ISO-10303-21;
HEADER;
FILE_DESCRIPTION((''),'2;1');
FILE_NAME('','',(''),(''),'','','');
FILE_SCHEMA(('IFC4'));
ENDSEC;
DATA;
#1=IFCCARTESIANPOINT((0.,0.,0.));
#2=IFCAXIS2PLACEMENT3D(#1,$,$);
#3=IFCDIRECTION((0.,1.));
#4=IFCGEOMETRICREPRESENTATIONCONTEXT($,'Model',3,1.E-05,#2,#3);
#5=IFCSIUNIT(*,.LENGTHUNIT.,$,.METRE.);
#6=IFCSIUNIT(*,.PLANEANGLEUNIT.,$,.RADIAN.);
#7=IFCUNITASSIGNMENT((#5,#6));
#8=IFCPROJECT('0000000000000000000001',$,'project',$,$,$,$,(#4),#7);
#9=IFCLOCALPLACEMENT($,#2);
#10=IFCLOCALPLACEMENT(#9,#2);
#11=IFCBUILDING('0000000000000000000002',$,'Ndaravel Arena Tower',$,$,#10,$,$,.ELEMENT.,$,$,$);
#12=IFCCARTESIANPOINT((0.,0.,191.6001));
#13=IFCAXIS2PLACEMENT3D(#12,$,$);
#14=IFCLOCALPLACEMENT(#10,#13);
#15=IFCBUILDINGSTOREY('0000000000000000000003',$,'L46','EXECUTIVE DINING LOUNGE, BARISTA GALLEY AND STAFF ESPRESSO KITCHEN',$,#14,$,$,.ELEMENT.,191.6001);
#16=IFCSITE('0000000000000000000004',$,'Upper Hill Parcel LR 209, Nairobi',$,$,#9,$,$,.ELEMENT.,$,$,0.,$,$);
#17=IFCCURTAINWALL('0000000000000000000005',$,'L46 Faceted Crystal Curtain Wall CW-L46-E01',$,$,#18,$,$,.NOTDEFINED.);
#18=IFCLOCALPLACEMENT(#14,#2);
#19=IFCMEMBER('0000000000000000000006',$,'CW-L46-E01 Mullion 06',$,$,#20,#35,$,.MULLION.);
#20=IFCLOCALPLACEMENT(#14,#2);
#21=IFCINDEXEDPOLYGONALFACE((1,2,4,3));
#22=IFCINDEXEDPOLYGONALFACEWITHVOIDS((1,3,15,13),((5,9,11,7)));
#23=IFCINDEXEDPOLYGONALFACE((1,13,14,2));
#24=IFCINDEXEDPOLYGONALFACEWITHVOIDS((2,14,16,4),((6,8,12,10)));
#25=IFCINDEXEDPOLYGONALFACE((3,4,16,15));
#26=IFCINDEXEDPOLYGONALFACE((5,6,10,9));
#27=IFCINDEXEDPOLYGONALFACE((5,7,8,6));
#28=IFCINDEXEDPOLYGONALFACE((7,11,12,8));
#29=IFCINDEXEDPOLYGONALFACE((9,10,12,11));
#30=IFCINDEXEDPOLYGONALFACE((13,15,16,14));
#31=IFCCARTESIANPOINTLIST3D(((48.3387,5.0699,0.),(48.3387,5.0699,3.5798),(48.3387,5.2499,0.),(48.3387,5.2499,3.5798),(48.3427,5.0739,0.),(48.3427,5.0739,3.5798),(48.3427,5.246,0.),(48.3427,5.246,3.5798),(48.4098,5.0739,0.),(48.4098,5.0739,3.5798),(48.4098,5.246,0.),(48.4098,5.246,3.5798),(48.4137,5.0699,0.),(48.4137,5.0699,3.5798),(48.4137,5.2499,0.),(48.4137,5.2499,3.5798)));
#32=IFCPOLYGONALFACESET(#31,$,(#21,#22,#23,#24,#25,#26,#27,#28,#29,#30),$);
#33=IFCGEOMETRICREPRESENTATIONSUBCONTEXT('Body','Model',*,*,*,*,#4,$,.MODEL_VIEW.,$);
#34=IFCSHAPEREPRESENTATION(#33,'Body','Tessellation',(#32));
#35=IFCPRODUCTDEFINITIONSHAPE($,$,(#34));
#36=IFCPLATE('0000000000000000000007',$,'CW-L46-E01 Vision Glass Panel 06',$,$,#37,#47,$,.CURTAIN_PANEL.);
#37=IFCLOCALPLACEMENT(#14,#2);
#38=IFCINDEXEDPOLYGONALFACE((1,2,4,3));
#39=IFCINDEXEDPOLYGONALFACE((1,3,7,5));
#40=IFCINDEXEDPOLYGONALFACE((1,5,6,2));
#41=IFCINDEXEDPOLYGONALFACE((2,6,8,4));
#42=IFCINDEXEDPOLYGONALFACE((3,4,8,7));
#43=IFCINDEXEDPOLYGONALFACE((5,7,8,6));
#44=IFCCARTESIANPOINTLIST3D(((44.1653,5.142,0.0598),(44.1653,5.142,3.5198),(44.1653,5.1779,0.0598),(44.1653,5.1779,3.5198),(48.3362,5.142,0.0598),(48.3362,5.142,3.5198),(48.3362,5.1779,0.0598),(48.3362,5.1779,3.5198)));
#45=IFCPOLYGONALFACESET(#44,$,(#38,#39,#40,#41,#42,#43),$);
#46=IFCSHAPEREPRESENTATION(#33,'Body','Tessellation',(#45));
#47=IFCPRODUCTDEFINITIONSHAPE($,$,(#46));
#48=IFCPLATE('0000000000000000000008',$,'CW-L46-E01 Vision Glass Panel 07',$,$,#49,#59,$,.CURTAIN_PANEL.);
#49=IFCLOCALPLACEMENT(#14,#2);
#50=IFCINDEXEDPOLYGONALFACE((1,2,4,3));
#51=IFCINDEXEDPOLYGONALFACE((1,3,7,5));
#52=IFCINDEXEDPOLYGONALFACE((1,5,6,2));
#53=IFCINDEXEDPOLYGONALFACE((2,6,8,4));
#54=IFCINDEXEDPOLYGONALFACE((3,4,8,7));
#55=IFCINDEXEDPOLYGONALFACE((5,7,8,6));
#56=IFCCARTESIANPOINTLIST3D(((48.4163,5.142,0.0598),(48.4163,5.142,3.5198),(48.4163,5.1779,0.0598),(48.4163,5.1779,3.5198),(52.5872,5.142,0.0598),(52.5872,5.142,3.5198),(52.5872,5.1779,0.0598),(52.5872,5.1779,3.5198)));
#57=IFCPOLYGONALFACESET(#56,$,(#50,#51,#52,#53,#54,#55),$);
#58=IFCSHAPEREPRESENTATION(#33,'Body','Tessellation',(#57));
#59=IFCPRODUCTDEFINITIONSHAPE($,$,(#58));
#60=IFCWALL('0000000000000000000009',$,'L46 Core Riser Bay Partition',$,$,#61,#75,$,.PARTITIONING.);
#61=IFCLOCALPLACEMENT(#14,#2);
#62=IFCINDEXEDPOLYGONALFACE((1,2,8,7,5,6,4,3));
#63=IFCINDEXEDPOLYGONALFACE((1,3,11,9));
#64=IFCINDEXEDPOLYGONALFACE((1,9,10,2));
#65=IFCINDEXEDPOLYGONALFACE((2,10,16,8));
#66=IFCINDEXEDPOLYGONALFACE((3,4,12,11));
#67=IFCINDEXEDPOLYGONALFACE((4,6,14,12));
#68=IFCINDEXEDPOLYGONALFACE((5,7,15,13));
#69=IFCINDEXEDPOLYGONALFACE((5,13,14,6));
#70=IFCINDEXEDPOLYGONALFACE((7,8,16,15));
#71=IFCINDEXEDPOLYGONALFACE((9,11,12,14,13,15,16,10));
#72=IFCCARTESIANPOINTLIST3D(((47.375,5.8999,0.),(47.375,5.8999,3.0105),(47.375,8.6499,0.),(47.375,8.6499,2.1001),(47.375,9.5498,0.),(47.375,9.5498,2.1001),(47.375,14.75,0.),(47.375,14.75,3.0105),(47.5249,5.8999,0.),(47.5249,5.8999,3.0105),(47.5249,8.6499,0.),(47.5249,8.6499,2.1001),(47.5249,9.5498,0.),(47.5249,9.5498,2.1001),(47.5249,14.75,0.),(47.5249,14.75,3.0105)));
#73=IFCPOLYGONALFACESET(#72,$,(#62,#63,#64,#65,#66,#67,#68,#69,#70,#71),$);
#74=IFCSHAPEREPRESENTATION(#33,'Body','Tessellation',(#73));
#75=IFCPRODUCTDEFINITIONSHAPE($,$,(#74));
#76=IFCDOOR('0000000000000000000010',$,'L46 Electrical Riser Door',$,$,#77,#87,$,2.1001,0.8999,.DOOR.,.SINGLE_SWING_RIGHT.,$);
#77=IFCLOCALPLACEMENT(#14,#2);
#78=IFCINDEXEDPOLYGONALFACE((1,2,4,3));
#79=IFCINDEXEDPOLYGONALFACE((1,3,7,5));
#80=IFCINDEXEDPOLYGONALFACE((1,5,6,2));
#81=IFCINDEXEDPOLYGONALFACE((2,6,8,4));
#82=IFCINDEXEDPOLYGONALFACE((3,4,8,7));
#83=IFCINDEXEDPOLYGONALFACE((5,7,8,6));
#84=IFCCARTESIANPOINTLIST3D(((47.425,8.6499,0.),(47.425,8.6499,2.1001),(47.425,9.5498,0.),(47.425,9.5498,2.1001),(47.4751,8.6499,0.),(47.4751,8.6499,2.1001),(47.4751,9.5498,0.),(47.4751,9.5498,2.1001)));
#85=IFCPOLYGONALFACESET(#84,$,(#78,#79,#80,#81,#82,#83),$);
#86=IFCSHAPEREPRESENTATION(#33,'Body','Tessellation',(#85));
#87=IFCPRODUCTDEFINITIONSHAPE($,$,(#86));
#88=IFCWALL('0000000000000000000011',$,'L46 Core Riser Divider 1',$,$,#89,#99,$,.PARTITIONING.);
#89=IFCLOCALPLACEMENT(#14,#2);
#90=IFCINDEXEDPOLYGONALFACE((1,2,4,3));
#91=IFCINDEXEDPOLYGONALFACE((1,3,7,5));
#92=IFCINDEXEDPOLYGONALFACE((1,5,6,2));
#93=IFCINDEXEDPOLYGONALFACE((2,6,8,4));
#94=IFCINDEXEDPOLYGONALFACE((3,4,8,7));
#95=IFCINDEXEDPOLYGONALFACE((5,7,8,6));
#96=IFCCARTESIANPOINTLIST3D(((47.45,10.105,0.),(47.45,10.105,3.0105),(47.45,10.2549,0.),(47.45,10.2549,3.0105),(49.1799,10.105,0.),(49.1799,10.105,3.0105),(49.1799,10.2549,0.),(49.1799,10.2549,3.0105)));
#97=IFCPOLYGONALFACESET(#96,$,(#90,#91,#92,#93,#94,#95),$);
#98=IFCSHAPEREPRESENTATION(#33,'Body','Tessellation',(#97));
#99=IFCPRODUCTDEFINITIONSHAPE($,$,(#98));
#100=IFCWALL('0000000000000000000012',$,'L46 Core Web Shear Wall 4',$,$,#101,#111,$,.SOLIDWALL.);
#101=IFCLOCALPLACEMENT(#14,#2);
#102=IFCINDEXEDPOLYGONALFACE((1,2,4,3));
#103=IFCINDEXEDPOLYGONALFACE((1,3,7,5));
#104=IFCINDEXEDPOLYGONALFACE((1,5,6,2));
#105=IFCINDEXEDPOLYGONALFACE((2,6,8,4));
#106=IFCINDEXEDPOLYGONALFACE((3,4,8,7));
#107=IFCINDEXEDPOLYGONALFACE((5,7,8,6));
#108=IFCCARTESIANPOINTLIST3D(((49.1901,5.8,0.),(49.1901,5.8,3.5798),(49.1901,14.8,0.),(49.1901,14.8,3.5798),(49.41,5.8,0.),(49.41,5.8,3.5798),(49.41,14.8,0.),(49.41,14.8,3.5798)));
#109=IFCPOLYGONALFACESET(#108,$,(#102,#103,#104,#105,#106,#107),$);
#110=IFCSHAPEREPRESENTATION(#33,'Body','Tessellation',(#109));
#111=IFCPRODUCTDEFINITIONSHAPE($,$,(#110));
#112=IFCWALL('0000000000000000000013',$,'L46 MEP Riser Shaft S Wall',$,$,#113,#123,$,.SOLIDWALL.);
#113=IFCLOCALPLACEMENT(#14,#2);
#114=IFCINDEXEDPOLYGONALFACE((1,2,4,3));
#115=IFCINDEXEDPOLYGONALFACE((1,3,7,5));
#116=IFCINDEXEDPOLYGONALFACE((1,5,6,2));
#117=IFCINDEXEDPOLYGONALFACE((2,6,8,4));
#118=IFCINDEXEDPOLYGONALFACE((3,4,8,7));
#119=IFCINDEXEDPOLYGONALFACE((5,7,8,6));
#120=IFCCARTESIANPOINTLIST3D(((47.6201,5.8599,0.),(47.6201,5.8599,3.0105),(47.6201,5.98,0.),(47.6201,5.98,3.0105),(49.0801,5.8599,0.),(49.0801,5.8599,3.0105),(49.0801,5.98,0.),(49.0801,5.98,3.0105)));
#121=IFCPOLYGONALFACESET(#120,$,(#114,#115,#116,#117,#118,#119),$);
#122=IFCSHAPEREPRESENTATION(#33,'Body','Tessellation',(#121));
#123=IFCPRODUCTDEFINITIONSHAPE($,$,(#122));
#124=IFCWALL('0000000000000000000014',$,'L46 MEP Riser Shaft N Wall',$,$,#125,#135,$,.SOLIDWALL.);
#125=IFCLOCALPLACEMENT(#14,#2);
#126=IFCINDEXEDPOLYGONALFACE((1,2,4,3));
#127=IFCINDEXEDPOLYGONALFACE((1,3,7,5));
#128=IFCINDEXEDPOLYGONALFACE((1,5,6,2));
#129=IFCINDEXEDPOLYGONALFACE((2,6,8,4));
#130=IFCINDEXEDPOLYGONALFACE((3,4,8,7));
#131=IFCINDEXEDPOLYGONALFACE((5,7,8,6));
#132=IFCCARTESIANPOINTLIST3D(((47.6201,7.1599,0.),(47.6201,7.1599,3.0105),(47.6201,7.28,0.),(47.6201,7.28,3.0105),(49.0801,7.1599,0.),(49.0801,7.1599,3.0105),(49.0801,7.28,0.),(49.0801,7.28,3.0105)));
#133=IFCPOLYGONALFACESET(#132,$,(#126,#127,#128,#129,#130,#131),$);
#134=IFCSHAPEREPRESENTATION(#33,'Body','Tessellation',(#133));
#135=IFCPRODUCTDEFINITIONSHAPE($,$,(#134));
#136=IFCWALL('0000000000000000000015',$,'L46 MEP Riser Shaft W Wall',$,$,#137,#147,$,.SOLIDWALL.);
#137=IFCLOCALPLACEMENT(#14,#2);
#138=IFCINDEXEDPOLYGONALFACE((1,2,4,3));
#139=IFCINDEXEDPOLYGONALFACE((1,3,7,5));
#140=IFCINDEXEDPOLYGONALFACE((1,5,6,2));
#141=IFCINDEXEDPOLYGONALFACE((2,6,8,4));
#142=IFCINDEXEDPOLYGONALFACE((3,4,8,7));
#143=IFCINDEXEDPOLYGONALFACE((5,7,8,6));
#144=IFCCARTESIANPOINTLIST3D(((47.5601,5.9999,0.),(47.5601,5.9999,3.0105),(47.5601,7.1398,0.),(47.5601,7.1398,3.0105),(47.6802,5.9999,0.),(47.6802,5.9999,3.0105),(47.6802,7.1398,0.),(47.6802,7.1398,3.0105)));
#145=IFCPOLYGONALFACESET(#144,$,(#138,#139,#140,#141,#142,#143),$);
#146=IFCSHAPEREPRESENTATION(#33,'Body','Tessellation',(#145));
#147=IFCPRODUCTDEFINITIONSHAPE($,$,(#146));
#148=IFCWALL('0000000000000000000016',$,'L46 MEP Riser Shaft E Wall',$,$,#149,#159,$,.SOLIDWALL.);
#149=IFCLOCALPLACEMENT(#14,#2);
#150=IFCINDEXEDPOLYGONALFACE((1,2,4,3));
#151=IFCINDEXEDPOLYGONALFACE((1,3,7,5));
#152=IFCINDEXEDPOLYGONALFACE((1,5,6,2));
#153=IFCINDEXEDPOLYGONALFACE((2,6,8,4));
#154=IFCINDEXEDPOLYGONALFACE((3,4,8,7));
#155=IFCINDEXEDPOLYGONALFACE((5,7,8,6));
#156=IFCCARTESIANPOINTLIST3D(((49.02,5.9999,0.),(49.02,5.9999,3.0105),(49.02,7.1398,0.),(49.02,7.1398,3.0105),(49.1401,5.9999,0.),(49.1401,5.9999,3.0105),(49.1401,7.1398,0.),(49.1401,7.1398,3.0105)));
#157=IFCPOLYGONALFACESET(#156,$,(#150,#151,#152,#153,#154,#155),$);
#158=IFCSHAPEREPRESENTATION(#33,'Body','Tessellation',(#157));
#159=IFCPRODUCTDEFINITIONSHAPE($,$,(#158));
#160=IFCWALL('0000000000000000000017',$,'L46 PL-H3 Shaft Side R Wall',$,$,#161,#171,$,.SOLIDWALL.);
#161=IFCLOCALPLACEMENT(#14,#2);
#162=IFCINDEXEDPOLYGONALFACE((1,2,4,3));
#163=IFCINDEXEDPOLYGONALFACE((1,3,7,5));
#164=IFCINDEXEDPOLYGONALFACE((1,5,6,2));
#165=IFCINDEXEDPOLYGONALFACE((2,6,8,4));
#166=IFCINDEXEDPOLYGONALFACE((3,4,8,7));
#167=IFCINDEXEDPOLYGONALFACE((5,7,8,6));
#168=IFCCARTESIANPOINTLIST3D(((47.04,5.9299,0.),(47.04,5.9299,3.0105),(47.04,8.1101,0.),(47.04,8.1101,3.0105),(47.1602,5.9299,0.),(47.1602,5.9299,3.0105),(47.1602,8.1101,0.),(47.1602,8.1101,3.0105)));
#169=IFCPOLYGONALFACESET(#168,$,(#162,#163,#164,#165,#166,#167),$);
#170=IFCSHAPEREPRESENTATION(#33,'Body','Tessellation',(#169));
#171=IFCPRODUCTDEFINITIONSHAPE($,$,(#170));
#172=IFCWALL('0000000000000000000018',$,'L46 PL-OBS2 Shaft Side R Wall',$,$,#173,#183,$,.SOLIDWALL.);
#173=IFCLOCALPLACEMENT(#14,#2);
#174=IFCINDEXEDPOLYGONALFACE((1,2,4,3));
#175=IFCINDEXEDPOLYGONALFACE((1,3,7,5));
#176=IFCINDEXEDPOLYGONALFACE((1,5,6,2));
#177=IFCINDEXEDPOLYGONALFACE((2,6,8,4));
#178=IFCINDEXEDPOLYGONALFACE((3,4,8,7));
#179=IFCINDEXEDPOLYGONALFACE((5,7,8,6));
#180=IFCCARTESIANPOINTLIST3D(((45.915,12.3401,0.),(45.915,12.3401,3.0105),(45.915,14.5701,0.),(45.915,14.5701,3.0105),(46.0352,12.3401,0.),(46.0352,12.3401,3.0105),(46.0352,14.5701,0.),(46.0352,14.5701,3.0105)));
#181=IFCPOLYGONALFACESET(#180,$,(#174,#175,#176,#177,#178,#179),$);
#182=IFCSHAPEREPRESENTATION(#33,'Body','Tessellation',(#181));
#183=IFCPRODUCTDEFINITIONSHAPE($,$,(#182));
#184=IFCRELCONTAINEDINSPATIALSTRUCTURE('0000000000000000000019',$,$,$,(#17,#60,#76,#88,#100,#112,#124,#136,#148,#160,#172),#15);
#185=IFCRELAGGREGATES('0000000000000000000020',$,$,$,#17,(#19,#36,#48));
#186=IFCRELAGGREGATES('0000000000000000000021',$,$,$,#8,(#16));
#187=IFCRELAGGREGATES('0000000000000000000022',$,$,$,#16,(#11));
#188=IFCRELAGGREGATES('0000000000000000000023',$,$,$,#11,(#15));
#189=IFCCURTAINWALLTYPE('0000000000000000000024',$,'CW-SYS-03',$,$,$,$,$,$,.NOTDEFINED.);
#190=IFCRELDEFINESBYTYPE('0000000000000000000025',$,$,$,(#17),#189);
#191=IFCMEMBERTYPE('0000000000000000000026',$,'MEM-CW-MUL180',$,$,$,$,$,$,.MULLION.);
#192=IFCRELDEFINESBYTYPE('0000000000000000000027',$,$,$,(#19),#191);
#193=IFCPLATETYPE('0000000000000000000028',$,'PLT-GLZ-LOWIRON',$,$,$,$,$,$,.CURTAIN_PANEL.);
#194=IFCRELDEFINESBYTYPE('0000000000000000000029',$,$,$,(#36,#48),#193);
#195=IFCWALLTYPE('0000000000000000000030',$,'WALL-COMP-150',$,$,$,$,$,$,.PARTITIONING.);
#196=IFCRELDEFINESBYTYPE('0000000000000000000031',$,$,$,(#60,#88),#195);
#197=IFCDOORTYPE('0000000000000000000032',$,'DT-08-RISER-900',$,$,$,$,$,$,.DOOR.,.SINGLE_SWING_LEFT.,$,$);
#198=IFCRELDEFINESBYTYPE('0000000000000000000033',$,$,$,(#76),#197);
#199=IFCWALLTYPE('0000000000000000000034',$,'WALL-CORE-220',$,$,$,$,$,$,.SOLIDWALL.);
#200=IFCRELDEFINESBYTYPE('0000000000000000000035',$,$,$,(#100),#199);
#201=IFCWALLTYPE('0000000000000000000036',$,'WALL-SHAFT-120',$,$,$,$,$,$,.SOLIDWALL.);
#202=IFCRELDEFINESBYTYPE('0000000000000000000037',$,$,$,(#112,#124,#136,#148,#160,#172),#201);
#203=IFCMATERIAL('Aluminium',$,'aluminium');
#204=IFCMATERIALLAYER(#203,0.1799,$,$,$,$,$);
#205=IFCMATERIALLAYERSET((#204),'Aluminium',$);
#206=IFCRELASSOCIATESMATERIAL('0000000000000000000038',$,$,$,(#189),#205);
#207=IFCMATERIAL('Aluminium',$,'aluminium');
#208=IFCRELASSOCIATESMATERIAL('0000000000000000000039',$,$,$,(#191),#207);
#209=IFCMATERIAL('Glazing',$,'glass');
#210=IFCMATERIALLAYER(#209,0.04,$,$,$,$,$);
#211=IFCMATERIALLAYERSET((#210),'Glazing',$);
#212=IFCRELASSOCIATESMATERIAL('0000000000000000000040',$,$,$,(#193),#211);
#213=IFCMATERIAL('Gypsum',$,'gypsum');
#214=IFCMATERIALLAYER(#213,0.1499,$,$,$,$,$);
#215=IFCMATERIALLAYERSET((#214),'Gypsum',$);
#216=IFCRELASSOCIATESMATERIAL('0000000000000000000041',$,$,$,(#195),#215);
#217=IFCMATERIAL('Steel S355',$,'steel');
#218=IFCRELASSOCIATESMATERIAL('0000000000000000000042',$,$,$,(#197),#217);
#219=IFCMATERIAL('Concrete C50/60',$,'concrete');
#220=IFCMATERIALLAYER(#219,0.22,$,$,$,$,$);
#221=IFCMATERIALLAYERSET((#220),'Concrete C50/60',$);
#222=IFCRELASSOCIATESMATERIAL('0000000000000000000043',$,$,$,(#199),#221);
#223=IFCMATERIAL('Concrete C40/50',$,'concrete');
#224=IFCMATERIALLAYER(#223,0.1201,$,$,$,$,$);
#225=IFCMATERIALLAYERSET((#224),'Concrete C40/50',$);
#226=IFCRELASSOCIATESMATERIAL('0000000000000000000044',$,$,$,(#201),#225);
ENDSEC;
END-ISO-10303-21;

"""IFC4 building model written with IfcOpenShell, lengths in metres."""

from ifc_helpers import new_model, si_unit, direction, frame, frame_2d, origin, origin_2d, place, context, subcontext, project, spatial, rectangle, hollow_rectangle, extrude, material, layer, layer_set, material_profile, profile_set, type_object, element, fill, aggregate, save


model = new_model("IFC4")

# Units and contexts
model_context = context("Model", 3, precision=1e-05, world=origin(), true_north=direction((0.0, 1.0)))
body_context = subcontext(model_context, "Body", "Model", "MODEL_VIEW")
ifc_project = project(units=[si_unit("LENGTHUNIT", "METRE"), si_unit("PLANEANGLEUNIT", "RADIAN")], contexts=[model_context])

# Site, building, storey
site_placement = place(None, origin())
site = spatial("IfcSite", under=ifc_project, at=site_placement, Name="Upper Hill Parcel LR 209, Nairobi", CompositionType="ELEMENT", RefElevation=0.0)
building_placement = place(site_placement, origin())
building = spatial("IfcBuilding", under=site, at=building_placement, Name="Ndaravel Arena Tower", CompositionType="ELEMENT")
storey_placement = place(building_placement, frame((0.0, 0.0, 191.6001)))
storey = spatial("IfcBuildingStorey", under=building, at=storey_placement, Name="L46", Description="EXECUTIVE DINING LOUNGE, BARISTA GALLEY AND STAFF ESPRESSO KITCHEN", CompositionType="ELEMENT", Elevation=191.6001)

# Curtain wall, member, plates
ifc_material_1 = material(Name="Aluminium", Category="aluminium")
ifc_layer_1 = layer(ifc_material_1, 0.1799)
ifc_layer_set_1 = layer_set([ifc_layer_1], Name="Aluminium")
curtain_wall_type = type_object("IfcCurtainWallType", Name="CW-SYS-03", PredefinedType="NOTDEFINED", material=ifc_layer_set_1)
curtain_wall_placement = place(storey_placement, origin())
curtain_wall = element("IfcCurtainWall", 1, at=curtain_wall_placement, inside=storey, type_object=curtain_wall_type, Name="L46 Faceted Crystal Curtain Wall CW-L46-E01", PredefinedType="NOTDEFINED")
ifc_material_2 = material(Name="Aluminium", Category="aluminium")
ifc_material_profile = material_profile(ifc_material_2, hollow_rectangle(XDim=0.075, YDim=0.1799, WallThickness=0.0039, at=origin_2d()), Name="CW MULLION 75x180x4")
ifc_profile_set = profile_set([ifc_material_profile], Name="Aluminium")
member_type = type_object("IfcMemberType", Name="MEM-CW-MUL180", PredefinedType="MULLION", material=ifc_profile_set)
member_placement = place(storey_placement, frame((48.3762, 5.1599, 0.0), z_axis=(0.0, 0.0, 1.0), x_axis=(1.0, 0.0, 0.0)))
member = element("IfcMember", 2, at=member_placement, type_object=member_type, Name="CW-L46-E01 Mullion 06", PredefinedType="MULLION", context=body_context, shape_type="SweptSolid", body=[
    extrude(hollow_rectangle(XDim=0.075, YDim=0.1799, WallThickness=0.0039, at=origin_2d()), origin(), (0.0, 0.0, 1.0), 3.5798),
])
ifc_material_3 = material(Name="Glazing", Category="glass")
ifc_layer_2 = layer(ifc_material_3, 0.04)
ifc_layer_set_2 = layer_set([ifc_layer_2], Name="Glazing")
plate_type = type_object("IfcPlateType", Name="PLT-GLZ-LOWIRON", PredefinedType="CURTAIN_PANEL", material=ifc_layer_set_2)
plate_1_placement = place(storey_placement, frame((46.2507, 5.1599, 0.0598), z_axis=(0.0, 0.0, 1.0), x_axis=(1.0, 0.0, 0.0)))
plate_1 = element("IfcPlate", 3, at=plate_1_placement, type_object=plate_type, Name="CW-L46-E01 Vision Glass Panel 06", PredefinedType="CURTAIN_PANEL", context=body_context, shape_type="SweptSolid", body=[
    extrude(rectangle(XDim=4.1709, YDim=0.0359, at=origin_2d()), origin(), (0.0, 0.0, 1.0), 3.46),
])
plate_2_placement = place(storey_placement, frame((50.5017, 5.1599, 0.0598), z_axis=(0.0, 0.0, 1.0), x_axis=(1.0, 0.0, 0.0)))
plate_2 = element("IfcPlate", 4, at=plate_2_placement, type_object=plate_type, Name="CW-L46-E01 Vision Glass Panel 07", PredefinedType="CURTAIN_PANEL", context=body_context, shape_type="SweptSolid", body=[
    extrude(rectangle(XDim=4.1709, YDim=0.0359, at=origin_2d()), origin(), (0.0, 0.0, 1.0), 3.46),
])
aggregate(curtain_wall, [member, plate_1, plate_2])

# Wall, opening, door
ifc_material_4 = material(Name="Gypsum", Category="gypsum")
ifc_layer_3 = layer(ifc_material_4, 0.1499)
ifc_layer_set_3 = layer_set([ifc_layer_3], Name="Gypsum")
wall_type_1 = type_object("IfcWallType", Name="WALL-COMP-150", PredefinedType="PARTITIONING", material=ifc_layer_set_3)
wall_1_placement = place(storey_placement, frame((47.45, 5.8999, 0.0), z_axis=(0.0, 0.0, 1.0), x_axis=(0.0, 1.0, 0.0)))
wall_1 = element("IfcWall", 5, at=wall_1_placement, inside=storey, type_object=wall_type_1, Name="L46 Core Riser Bay Partition", PredefinedType="PARTITIONING", context=body_context, shape_type="SweptSolid", body=[
    extrude(rectangle(XDim=8.8501, YDim=0.1499, at=frame_2d((4.425, 0.0))), origin(), (0.0, 0.0, 1.0), 3.0105),
])
opening_1_placement = place(wall_1_placement, frame((2.75, 0.0, 0.0)))
opening_1 = element("IfcOpeningElement", 6, at=opening_1_placement, cuts=wall_1, PredefinedType="OPENING", context=body_context, shape_type="SweptSolid", body=[
    extrude(rectangle(XDim=0.8999, YDim=2.1001, at=frame_2d((0.45, 1.05))), frame((0.0, 0.075, 0.0), z_axis=(0.0, -1.0, 0.0), x_axis=(1.0, 0.0, 0.0)), (0.0, 0.0, 1.0), 0.1499),
])
ifc_material_5 = material(Name="Steel S355", Category="steel")
door_type_1 = type_object("IfcDoorType", Name="DT-08-RISER-900", OperationType="SINGLE_SWING_LEFT", PredefinedType="DOOR", material=ifc_material_5)
door_1_placement = place(opening_1_placement, origin())
door_1 = element("IfcDoor", 7, at=door_1_placement, inside=storey, type_object=door_type_1, Name="L46 Electrical Riser Door", OperationType="SINGLE_SWING_RIGHT", OverallHeight=2.1001, OverallWidth=0.8999, PredefinedType="DOOR", context=body_context, shape_type="SweptSolid", body=[
    extrude(rectangle(XDim=0.8999, YDim=2.1001, at=frame_2d((0.45, 1.05))), frame((0.0, 0.0249, 0.0), z_axis=(0.0, -1.0, 0.0), x_axis=(1.0, 0.0, 0.0)), (0.0, 0.0, 1.0), 0.05),
])
fill(opening_1, door_1)

# Walls
wall_2_placement = place(storey_placement, frame((47.45, 10.1799, 0.0), z_axis=(0.0, 0.0, 1.0), x_axis=(1.0, 0.0, 0.0)))
element("IfcWall", 8, at=wall_2_placement, inside=storey, type_object=wall_type_1, Name="L46 Core Riser Divider 1", PredefinedType="PARTITIONING", context=body_context, shape_type="SweptSolid", body=[
    extrude(rectangle(XDim=1.73, YDim=0.1499, at=frame_2d((0.865, 0.0))), origin(), (0.0, 0.0, 1.0), 3.0105),
])
ifc_material_6 = material(Name="Concrete C50/60", Category="concrete")
ifc_layer_4 = layer(ifc_material_6, 0.22)
ifc_layer_set_4 = layer_set([ifc_layer_4], Name="Concrete C50/60")
wall_type_2 = type_object("IfcWallType", Name="WALL-CORE-220", PredefinedType="SOLIDWALL", material=ifc_layer_set_4)
wall_3_placement = place(storey_placement, frame((49.3, 5.8, 0.0), z_axis=(0.0, 0.0, 1.0), x_axis=(0.0, 1.0, 0.0)))
element("IfcWall", 9, at=wall_3_placement, inside=storey, type_object=wall_type_2, Name="L46 Core Web Shear Wall 4", PredefinedType="SOLIDWALL", context=body_context, shape_type="SweptSolid", body=[
    extrude(rectangle(XDim=9.0, YDim=0.22, at=frame_2d((4.5, 0.0))), origin(), (0.0, 0.0, 1.0), 3.5798),
])
ifc_material_7 = material(Name="Concrete C40/50", Category="concrete")
ifc_layer_5 = layer(ifc_material_7, 0.1201)
ifc_layer_set_5 = layer_set([ifc_layer_5], Name="Concrete C40/50")
wall_type_3 = type_object("IfcWallType", Name="WALL-SHAFT-120", PredefinedType="SOLIDWALL", material=ifc_layer_set_5)
for number, where, z_axis, x_axis, name in (
    (10, (47.6201, 5.9199, 0.0), (0.0, 0.0, 1.0), (1.0, 0.0, 0.0), "L46 MEP Riser Shaft S Wall"),
    (11, (47.6201, 7.22, 0.0), (0.0, 0.0, 1.0), (1.0, 0.0, 0.0), "L46 MEP Riser Shaft N Wall"),
):
    element("IfcWall", number, at=place(storey_placement, frame(where, z_axis=z_axis, x_axis=x_axis)), inside=storey, type_object=wall_type_3, Name=name, PredefinedType="SOLIDWALL", context=body_context, shape_type="SweptSolid", body=[
        extrude(rectangle(XDim=1.46, YDim=0.1201, at=frame_2d((0.73, 0.0))), origin(), (0.0, 0.0, 1.0), 3.0105),
    ])
for number, where, z_axis, x_axis, name in (
    (12, (47.6201, 6.0, 0.0), (0.0, 0.0, 1.0), (0.0, 1.0, 0.0), "L46 MEP Riser Shaft W Wall"),
    (13, (49.0801, 6.0, 0.0), (0.0, 0.0, 1.0), (0.0, 1.0, 0.0), "L46 MEP Riser Shaft E Wall"),
):
    element("IfcWall", number, at=place(storey_placement, frame(where, z_axis=z_axis, x_axis=x_axis)), inside=storey, type_object=wall_type_3, Name=name, PredefinedType="SOLIDWALL", context=body_context, shape_type="SweptSolid", body=[
        extrude(rectangle(XDim=1.1399, YDim=0.1201, at=frame_2d((0.5698, 0.0))), origin(), (0.0, 0.0, 1.0), 3.0105),
    ])
wall_4_placement = place(storey_placement, frame((47.1001, 5.9299, 0.0), z_axis=(0.0, 0.0, 1.0), x_axis=(0.0, 1.0, 0.0)))
element("IfcWall", 14, at=wall_4_placement, inside=storey, type_object=wall_type_3, Name="L46 PL-H3 Shaft Side R Wall", PredefinedType="SOLIDWALL", context=body_context, shape_type="SweptSolid", body=[
    extrude(rectangle(XDim=2.1802, YDim=0.1201, at=frame_2d((1.0901, 0.0))), origin(), (0.0, 0.0, 1.0), 3.0105),
])
wall_5_placement = place(storey_placement, frame((45.9751, 12.3401, 0.0), z_axis=(0.0, 0.0, 1.0), x_axis=(0.0, 1.0, 0.0)))
element("IfcWall", 15, at=wall_5_placement, inside=storey, type_object=wall_type_3, Name="L46 PL-OBS2 Shaft Side R Wall", PredefinedType="SOLIDWALL", context=body_context, shape_type="SweptSolid", body=[
    extrude(rectangle(XDim=2.23, YDim=0.1201, at=frame_2d((1.115, 0.0))), origin(), (0.0, 0.0, 1.0), 3.0105),
])

save(model, "model.ifc")
